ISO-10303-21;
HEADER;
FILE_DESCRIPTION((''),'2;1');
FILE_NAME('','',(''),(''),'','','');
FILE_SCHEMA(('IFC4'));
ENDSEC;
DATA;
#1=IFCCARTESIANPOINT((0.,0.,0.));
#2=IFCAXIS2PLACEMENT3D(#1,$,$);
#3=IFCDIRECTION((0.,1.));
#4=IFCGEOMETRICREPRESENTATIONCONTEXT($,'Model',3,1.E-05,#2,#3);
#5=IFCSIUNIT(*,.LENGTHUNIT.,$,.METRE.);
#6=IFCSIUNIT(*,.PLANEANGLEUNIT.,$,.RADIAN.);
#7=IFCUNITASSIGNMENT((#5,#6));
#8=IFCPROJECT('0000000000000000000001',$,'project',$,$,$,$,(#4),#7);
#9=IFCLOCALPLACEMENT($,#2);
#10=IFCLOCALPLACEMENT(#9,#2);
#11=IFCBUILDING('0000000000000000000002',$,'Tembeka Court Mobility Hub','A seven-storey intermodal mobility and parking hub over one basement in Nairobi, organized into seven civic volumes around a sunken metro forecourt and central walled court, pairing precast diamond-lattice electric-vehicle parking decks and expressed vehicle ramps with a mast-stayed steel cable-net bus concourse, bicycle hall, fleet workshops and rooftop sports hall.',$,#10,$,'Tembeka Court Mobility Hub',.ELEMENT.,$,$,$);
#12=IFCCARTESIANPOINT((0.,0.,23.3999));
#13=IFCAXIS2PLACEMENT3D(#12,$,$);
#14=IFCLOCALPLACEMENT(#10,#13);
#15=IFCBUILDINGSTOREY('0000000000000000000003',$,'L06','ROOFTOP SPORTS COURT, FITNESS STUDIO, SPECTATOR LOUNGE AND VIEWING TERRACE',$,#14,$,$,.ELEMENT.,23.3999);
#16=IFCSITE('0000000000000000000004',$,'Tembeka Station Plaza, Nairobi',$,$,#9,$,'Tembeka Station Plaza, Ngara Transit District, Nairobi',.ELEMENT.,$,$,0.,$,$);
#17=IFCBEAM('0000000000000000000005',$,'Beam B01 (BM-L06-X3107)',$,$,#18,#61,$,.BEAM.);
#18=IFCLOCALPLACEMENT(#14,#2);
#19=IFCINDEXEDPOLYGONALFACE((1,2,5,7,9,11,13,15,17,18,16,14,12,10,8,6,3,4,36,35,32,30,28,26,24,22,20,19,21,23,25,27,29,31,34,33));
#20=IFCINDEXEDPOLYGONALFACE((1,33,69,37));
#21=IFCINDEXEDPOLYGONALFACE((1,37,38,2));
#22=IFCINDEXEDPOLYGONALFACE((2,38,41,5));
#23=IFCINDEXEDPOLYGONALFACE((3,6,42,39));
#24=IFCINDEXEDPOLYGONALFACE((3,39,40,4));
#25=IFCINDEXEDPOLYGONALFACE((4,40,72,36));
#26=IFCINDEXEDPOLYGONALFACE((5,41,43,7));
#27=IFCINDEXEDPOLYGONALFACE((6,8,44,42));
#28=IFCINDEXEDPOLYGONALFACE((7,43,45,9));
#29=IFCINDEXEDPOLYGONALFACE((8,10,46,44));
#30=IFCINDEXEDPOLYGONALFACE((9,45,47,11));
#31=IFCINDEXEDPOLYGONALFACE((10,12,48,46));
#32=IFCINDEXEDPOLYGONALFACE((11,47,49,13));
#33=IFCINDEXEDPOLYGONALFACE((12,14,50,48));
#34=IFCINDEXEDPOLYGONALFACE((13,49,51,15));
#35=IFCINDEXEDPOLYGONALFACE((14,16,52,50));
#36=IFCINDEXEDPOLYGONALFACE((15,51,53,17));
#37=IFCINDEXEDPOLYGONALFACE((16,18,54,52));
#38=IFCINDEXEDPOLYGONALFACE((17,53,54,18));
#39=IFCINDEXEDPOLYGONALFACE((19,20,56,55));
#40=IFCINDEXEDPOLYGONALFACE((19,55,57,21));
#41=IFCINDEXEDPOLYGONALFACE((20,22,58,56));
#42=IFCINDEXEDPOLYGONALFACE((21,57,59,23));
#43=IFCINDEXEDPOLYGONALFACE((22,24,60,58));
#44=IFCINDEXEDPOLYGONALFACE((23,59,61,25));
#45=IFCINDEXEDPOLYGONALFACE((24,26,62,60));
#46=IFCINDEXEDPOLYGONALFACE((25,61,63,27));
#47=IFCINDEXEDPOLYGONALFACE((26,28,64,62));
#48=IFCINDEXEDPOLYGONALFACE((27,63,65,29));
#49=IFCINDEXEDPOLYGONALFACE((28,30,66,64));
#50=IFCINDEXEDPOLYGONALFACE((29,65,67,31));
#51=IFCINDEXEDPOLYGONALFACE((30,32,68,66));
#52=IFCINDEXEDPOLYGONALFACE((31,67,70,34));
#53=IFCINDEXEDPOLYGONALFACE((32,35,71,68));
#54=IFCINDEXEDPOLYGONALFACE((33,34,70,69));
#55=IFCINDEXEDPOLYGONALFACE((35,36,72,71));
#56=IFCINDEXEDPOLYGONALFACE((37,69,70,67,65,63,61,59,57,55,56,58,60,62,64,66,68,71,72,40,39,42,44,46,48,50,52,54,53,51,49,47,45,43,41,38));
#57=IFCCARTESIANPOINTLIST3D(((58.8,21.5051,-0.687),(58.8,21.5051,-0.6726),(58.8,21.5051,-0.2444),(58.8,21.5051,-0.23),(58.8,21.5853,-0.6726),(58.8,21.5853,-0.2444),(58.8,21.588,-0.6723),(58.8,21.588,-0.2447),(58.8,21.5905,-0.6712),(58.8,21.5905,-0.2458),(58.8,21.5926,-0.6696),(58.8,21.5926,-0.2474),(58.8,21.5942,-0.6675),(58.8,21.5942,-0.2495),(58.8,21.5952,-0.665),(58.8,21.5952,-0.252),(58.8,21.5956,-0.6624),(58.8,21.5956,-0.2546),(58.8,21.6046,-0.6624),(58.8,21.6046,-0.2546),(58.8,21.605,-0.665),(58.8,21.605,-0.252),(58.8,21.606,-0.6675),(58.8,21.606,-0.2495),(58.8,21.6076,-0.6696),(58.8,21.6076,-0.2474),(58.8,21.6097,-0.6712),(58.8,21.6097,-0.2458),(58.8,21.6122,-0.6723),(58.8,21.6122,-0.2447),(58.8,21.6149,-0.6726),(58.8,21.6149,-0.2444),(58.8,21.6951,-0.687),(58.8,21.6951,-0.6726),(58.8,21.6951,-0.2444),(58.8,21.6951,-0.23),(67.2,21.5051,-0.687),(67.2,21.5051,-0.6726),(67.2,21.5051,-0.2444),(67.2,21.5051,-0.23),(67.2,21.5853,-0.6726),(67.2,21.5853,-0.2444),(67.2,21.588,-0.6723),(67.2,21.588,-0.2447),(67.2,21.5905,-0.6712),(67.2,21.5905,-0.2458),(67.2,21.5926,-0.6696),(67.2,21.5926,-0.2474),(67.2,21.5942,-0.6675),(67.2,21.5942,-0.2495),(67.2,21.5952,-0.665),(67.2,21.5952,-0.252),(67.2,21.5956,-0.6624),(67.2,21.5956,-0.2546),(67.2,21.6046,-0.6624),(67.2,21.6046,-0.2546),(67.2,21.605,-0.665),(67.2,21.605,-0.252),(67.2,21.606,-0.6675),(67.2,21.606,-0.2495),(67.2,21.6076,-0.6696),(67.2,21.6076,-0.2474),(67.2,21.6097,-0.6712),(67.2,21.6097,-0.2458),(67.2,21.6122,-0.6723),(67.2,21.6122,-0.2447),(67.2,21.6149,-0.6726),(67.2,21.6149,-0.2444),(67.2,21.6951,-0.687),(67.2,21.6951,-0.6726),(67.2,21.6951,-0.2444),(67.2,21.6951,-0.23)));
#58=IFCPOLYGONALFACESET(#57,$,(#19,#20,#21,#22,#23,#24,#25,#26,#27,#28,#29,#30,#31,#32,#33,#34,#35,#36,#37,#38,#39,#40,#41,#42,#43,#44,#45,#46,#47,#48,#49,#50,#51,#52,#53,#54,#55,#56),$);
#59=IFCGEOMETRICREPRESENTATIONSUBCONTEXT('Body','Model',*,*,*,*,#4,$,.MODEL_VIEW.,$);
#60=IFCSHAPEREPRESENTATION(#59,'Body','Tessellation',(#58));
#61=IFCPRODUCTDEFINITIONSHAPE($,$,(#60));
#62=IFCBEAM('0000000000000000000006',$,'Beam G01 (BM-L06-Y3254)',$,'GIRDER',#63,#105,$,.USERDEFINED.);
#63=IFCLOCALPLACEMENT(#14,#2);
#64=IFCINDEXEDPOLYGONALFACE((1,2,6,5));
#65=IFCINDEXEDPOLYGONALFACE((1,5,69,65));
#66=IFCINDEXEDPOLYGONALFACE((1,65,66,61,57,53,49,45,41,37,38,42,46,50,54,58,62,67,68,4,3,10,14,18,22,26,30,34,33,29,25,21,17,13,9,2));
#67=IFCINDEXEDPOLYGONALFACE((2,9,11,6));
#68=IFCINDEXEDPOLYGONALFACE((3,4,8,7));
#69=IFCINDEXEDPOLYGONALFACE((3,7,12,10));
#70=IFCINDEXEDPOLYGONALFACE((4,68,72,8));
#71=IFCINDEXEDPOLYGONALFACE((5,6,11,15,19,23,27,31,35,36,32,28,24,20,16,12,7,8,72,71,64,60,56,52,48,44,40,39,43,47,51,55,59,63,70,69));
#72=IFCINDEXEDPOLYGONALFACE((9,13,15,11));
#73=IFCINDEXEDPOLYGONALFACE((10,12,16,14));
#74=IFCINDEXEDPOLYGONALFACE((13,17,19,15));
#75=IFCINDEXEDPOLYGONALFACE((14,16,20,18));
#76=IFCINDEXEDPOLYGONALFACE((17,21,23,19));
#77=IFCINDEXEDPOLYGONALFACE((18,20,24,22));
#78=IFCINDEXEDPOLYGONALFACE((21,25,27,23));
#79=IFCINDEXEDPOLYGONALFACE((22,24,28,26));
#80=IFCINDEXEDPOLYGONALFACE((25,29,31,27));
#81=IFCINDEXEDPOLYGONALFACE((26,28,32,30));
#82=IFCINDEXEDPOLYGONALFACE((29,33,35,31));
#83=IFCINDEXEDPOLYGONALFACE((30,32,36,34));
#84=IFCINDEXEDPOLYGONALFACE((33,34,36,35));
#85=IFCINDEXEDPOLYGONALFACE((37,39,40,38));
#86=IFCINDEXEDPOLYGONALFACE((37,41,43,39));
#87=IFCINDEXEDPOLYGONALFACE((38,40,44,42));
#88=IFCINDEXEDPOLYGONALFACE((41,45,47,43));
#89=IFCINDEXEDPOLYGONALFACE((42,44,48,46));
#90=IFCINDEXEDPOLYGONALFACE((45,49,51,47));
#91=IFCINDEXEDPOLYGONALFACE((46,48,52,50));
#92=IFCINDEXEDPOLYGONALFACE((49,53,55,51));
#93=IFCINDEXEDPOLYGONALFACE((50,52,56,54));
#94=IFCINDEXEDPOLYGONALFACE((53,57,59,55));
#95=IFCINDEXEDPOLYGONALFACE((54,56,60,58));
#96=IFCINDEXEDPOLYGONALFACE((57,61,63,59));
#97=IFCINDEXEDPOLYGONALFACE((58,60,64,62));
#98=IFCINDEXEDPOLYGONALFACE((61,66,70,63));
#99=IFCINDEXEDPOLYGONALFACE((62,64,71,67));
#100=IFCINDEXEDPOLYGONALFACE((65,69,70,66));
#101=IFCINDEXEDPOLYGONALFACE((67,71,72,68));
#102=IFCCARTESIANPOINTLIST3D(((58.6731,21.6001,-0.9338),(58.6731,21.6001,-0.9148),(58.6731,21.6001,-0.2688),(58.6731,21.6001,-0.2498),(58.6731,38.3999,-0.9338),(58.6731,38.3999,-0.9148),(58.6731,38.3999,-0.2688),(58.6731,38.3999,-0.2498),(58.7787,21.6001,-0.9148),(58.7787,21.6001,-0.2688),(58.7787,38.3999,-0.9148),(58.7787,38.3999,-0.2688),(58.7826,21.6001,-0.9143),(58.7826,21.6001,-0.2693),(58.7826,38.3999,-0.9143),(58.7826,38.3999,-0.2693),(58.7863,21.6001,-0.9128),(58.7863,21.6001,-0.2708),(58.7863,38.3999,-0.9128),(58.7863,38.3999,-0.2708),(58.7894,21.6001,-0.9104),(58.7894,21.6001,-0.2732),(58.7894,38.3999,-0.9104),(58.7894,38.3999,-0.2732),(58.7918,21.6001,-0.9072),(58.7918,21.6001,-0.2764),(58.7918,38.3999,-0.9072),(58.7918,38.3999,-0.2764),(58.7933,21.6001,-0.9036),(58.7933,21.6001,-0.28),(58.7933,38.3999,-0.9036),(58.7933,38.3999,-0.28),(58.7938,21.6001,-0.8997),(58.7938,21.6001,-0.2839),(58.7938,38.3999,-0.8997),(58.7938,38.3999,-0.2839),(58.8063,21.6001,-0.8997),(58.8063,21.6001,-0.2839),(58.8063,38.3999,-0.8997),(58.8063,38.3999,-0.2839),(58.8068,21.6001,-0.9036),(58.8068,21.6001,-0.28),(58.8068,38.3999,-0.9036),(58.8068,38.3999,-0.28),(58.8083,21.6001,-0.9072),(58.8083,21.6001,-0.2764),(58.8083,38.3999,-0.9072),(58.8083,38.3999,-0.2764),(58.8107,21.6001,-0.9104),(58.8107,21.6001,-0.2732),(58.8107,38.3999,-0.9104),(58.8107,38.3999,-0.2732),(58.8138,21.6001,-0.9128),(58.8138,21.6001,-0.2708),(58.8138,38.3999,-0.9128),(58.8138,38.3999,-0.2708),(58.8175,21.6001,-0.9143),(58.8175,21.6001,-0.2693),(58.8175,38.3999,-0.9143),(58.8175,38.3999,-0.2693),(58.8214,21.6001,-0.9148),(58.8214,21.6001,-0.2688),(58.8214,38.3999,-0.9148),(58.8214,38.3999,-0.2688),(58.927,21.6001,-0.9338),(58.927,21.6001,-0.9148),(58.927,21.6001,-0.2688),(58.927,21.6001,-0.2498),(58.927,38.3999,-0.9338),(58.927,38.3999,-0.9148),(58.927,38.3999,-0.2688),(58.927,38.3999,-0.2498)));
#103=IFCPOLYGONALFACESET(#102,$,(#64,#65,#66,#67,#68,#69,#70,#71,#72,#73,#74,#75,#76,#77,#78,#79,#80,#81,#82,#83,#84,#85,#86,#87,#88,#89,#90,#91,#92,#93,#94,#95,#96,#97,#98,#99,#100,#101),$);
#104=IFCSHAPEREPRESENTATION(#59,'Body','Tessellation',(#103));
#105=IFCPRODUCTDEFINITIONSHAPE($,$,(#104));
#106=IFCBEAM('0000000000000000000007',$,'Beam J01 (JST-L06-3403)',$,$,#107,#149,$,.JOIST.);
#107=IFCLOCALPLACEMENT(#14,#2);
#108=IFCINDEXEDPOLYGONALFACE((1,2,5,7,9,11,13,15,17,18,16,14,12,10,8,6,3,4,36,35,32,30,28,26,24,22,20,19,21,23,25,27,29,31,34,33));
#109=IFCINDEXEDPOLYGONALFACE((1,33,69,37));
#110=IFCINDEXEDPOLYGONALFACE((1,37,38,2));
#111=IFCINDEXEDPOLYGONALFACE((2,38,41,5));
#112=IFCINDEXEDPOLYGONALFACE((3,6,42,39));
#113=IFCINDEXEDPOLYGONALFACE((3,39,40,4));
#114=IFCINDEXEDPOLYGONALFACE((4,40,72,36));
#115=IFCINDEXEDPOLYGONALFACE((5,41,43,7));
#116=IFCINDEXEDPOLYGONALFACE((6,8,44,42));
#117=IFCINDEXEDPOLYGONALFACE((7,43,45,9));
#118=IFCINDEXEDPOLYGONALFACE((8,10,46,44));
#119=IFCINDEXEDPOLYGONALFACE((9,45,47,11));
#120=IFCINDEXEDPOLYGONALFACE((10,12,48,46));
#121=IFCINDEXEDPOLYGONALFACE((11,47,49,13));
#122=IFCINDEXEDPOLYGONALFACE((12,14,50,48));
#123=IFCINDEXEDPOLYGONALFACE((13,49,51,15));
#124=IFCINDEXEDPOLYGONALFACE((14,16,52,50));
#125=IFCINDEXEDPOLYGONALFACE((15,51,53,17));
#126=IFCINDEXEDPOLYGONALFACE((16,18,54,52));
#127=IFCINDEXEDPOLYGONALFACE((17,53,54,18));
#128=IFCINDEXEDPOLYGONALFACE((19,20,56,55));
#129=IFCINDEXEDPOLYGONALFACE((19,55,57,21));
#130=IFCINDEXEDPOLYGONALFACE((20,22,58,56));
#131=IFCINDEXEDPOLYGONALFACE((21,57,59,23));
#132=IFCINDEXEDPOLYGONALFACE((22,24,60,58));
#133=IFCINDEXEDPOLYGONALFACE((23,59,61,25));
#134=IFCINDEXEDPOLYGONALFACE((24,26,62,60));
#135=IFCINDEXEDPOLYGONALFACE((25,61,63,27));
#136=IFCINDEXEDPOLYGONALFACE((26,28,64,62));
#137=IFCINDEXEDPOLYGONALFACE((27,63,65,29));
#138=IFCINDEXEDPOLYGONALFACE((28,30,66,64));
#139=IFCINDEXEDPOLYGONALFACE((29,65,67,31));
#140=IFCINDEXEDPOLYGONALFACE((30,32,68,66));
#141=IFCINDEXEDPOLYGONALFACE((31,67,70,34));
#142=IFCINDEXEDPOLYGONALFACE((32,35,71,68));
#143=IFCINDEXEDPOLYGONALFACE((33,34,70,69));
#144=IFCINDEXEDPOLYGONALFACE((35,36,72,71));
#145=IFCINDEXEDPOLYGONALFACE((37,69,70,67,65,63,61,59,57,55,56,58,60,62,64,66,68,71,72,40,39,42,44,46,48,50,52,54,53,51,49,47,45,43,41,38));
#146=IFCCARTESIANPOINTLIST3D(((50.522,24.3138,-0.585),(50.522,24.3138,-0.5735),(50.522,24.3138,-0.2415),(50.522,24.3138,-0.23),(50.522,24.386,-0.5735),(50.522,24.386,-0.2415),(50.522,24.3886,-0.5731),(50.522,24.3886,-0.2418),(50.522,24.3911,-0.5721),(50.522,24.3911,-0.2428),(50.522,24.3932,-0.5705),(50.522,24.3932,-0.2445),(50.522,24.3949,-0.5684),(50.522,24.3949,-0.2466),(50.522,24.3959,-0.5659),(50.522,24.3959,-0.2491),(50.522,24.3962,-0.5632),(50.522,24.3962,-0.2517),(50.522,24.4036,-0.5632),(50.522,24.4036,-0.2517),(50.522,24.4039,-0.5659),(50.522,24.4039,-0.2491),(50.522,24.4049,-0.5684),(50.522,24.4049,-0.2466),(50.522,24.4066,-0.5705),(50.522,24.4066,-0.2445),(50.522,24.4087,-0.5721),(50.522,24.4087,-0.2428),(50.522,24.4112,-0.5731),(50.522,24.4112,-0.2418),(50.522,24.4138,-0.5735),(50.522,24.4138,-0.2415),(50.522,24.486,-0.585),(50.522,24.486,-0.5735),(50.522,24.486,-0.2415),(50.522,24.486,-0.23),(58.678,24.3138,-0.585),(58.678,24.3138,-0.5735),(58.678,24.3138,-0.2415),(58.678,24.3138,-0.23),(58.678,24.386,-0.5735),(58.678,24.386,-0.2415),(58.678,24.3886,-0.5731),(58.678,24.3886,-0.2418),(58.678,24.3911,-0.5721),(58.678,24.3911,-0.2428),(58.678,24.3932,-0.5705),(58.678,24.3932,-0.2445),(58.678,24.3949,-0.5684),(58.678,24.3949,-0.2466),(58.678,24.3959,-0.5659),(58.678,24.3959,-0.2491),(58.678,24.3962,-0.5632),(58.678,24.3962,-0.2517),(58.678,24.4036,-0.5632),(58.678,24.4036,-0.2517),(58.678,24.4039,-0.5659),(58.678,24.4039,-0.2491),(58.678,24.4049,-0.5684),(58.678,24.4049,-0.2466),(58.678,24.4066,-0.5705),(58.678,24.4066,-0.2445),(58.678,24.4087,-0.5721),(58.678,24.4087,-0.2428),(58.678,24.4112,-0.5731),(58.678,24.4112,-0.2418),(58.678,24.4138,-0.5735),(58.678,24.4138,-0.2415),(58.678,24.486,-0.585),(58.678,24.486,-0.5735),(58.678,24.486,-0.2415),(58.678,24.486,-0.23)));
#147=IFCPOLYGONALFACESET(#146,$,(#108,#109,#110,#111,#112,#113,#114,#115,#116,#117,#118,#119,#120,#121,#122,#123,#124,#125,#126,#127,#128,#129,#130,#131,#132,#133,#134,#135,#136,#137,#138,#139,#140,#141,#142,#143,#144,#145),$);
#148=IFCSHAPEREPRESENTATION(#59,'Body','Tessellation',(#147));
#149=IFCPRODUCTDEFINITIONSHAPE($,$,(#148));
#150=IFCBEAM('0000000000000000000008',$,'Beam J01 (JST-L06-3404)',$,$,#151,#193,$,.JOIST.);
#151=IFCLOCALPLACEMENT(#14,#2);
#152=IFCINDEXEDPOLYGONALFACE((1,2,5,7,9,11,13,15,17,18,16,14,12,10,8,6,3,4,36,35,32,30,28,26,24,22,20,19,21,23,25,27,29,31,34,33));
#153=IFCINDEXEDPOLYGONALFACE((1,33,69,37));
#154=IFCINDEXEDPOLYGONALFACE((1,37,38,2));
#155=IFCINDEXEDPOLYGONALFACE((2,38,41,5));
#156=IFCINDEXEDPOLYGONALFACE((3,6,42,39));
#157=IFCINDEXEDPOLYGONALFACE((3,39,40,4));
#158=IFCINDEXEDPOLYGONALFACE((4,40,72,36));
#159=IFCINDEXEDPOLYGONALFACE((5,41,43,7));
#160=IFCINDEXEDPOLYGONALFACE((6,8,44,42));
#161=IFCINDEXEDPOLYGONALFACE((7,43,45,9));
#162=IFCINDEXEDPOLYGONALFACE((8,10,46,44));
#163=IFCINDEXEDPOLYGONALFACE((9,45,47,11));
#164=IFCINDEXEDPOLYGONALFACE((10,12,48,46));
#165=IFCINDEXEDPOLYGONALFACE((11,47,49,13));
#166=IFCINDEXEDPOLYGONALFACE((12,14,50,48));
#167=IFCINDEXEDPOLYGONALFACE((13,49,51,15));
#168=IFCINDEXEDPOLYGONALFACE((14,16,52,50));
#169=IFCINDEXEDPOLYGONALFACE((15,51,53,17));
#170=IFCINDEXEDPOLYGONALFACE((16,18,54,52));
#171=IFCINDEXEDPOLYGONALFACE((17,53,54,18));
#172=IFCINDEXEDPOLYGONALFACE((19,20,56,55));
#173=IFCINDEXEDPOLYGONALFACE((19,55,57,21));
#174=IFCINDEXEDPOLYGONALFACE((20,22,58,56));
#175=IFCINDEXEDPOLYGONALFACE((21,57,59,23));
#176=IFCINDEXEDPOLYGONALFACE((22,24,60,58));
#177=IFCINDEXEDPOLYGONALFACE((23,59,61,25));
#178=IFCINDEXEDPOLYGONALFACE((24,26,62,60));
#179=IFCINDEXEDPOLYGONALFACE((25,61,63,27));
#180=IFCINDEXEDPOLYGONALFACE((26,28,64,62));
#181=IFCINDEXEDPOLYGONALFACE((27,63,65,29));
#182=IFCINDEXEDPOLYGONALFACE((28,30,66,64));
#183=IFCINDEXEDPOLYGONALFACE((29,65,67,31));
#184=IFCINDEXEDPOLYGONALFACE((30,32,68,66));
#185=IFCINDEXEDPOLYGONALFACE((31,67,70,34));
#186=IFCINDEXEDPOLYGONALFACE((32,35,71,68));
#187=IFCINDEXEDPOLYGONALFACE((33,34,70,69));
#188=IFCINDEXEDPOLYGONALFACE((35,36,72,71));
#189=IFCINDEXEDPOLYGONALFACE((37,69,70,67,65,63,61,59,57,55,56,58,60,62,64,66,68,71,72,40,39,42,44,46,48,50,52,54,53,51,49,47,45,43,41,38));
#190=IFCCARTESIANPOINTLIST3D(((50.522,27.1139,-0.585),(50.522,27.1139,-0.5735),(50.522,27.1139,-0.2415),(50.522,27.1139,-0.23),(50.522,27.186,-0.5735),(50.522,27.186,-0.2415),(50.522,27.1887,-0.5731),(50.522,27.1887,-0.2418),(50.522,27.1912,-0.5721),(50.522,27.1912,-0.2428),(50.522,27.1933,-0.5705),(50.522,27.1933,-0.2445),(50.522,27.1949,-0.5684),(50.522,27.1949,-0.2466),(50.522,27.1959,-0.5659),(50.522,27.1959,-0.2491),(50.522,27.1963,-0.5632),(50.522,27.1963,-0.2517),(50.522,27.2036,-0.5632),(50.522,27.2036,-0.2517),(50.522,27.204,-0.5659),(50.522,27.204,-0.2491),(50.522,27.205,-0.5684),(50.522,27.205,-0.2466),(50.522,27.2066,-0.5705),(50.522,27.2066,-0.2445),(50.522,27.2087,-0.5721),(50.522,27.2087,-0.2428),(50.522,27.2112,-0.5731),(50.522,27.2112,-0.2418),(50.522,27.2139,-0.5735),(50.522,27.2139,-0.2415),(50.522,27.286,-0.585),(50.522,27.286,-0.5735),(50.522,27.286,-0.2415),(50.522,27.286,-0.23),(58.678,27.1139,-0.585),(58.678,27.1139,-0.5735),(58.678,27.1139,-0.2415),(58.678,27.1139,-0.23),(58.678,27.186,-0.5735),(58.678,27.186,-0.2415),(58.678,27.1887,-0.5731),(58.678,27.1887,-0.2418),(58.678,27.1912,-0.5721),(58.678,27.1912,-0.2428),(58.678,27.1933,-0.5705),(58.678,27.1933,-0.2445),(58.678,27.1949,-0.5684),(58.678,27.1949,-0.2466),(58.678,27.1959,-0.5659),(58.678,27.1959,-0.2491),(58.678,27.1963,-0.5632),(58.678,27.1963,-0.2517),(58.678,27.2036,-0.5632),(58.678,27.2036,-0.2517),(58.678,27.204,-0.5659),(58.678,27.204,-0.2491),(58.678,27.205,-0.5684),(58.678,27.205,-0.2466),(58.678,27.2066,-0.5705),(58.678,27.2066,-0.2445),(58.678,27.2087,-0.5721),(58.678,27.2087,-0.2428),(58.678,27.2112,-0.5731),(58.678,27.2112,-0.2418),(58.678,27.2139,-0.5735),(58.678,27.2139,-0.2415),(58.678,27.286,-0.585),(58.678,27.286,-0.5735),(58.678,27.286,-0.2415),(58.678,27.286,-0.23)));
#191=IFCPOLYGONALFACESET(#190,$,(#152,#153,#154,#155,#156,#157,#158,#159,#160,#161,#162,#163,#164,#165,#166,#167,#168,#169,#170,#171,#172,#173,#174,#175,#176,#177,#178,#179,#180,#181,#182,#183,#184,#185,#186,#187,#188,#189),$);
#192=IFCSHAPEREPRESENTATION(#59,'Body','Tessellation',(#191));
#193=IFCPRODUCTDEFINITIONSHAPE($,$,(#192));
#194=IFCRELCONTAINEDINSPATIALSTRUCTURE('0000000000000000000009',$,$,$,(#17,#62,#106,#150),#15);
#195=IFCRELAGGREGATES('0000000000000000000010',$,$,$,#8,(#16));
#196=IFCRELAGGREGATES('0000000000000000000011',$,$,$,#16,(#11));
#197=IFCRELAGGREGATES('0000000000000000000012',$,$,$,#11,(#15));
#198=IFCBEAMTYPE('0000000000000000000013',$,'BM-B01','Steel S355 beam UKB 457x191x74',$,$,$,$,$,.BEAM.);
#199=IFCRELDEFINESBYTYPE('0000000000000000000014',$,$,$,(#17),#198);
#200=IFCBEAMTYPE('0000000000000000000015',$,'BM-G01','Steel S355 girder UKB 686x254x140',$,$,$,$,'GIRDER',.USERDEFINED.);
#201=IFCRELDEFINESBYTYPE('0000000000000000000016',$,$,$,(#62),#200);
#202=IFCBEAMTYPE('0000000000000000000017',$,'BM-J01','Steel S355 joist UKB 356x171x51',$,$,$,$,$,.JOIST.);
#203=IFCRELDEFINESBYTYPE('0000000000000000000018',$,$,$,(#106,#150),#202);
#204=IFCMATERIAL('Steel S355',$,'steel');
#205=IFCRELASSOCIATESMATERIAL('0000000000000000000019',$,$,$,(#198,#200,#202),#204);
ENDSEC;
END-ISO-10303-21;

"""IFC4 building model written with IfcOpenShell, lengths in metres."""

from ifc_helpers import new_model, si_unit, direction, frame, origin, origin_2d, place, context, subcontext, project, spatial, i_section, extrude, material, material_profile, profile_set, type_object, element, save


model = new_model("IFC4")

# Units and contexts
model_context = context("Model", 3, precision=1e-05, world=origin(), true_north=direction((0.0, 1.0)))
body_context = subcontext(model_context, "Body", "Model", "MODEL_VIEW")
ifc_project = project(units=[si_unit("LENGTHUNIT", "METRE"), si_unit("PLANEANGLEUNIT", "RADIAN")], contexts=[model_context])

# Site, building, storey
site_placement = place(None, origin())
site = spatial("IfcSite", under=ifc_project, at=site_placement, Name="Tembeka Station Plaza, Nairobi", LongName="Tembeka Station Plaza, Ngara Transit District, Nairobi", CompositionType="ELEMENT", RefElevation=0.0)
building_placement = place(site_placement, origin())
building = spatial("IfcBuilding", under=site, at=building_placement, Name="Tembeka Court Mobility Hub", Description="A seven-storey intermodal mobility and parking hub over one basement in Nairobi, organized into seven civic volumes around a sunken metro forecourt and central walled court, pairing precast diamond-lattice electric-vehicle parking decks and expressed vehicle ramps with a mast-stayed steel cable-net bus concourse, bicycle hall, fleet workshops and rooftop sports hall.", LongName="Tembeka Court Mobility Hub", CompositionType="ELEMENT")
storey_placement = place(building_placement, frame((0.0, 0.0, 23.3999)))
storey = spatial("IfcBuildingStorey", under=building, at=storey_placement, Name="L06", Description="ROOFTOP SPORTS COURT, FITNESS STUDIO, SPECTATOR LOUNGE AND VIEWING TERRACE", CompositionType="ELEMENT", Elevation=23.3999)

# Beams
ifc_material_1 = material(Name="Steel S355", Category="steel")
ifc_material_profile_1 = material_profile(ifc_material_1, i_section(OverallWidth=0.1899, OverallDepth=0.457, WebThickness=0.009, FlangeThickness=0.0144, FilletRadius=0.0103, at=origin_2d()), Name="UKB 457x191x74")
ifc_profile_set_1 = profile_set([ifc_material_profile_1], Name="Steel S355")
beam_type_1 = type_object("IfcBeamType", Name="BM-B01", Description="Steel S355 beam UKB 457x191x74", PredefinedType="BEAM", material=ifc_profile_set_1)
beam_1_placement = place(storey_placement, frame((58.8, 21.6001, -0.4585), z_axis=(1.0, 0.0, 0.0), x_axis=(0.0, 1.0, 0.0)))
element("IfcBeam", 1, at=beam_1_placement, inside=storey, type_object=beam_type_1, Name="Beam B01 (BM-L06-X3107)", PredefinedType="BEAM", context=body_context, shape_type="SweptSolid", body=[
    extrude(i_section(OverallWidth=0.1899, OverallDepth=0.457, WebThickness=0.009, FlangeThickness=0.0144, FilletRadius=0.0103, at=origin_2d()), origin(), (0.0, 0.0, 1.0), 8.3999),
])
ifc_material_profile_2 = material_profile(ifc_material_1, i_section(OverallWidth=0.2539, OverallDepth=0.6841, WebThickness=0.0125, FlangeThickness=0.019, FilletRadius=0.0151, at=origin_2d()), Name="UKB 686x254x140")
ifc_profile_set_2 = profile_set([ifc_material_profile_2], Name="Steel S355")
beam_type_2 = type_object("IfcBeamType", Name="BM-G01", Description="Steel S355 girder UKB 686x254x140", ElementType="GIRDER", PredefinedType="USERDEFINED", material=ifc_profile_set_2)
beam_2_placement = place(storey_placement, frame((58.8, 21.6001, -0.5918), z_axis=(0.0, 1.0, 0.0), x_axis=(-1.0, 0.0, 0.0)))
element("IfcBeam", 2, at=beam_2_placement, inside=storey, type_object=beam_type_2, Name="Beam G01 (BM-L06-Y3254)", ObjectType="GIRDER", PredefinedType="USERDEFINED", context=body_context, shape_type="SweptSolid", body=[
    extrude(i_section(OverallWidth=0.2539, OverallDepth=0.6841, WebThickness=0.0125, FlangeThickness=0.019, FilletRadius=0.0151, at=origin_2d()), origin(), (0.0, 0.0, 1.0), 16.7998),
])
ifc_material_profile_3 = material_profile(ifc_material_1, i_section(OverallWidth=0.1721, OverallDepth=0.355, WebThickness=0.0073, FlangeThickness=0.0115, FilletRadius=0.0103, at=origin_2d()), Name="UKB 356x171x51")
ifc_profile_set_3 = profile_set([ifc_material_profile_3], Name="Steel S355")
beam_type_3 = type_object("IfcBeamType", Name="BM-J01", Description="Steel S355 joist UKB 356x171x51", PredefinedType="JOIST", material=ifc_profile_set_3)
for number, where, z_axis, x_axis, name in (
    (3, (50.522, 24.3999, -0.4075), (1.0, 0.0, 0.0), (0.0, 1.0, 0.0), "Beam J01 (JST-L06-3403)"),
    (4, (50.522, 27.2, -0.4075), (1.0, 0.0, 0.0), (0.0, 1.0, 0.0), "Beam J01 (JST-L06-3404)"),
):
    element("IfcBeam", number, at=place(storey_placement, frame(where, z_axis=z_axis, x_axis=x_axis)), inside=storey, type_object=beam_type_3, Name=name, PredefinedType="JOIST", context=body_context, shape_type="SweptSolid", body=[
        extrude(i_section(OverallWidth=0.1721, OverallDepth=0.355, WebThickness=0.0073, FlangeThickness=0.0115, FilletRadius=0.0103, at=origin_2d()), origin(), (0.0, 0.0, 1.0), 8.156),
    ])

save(model, "model.ifc")
